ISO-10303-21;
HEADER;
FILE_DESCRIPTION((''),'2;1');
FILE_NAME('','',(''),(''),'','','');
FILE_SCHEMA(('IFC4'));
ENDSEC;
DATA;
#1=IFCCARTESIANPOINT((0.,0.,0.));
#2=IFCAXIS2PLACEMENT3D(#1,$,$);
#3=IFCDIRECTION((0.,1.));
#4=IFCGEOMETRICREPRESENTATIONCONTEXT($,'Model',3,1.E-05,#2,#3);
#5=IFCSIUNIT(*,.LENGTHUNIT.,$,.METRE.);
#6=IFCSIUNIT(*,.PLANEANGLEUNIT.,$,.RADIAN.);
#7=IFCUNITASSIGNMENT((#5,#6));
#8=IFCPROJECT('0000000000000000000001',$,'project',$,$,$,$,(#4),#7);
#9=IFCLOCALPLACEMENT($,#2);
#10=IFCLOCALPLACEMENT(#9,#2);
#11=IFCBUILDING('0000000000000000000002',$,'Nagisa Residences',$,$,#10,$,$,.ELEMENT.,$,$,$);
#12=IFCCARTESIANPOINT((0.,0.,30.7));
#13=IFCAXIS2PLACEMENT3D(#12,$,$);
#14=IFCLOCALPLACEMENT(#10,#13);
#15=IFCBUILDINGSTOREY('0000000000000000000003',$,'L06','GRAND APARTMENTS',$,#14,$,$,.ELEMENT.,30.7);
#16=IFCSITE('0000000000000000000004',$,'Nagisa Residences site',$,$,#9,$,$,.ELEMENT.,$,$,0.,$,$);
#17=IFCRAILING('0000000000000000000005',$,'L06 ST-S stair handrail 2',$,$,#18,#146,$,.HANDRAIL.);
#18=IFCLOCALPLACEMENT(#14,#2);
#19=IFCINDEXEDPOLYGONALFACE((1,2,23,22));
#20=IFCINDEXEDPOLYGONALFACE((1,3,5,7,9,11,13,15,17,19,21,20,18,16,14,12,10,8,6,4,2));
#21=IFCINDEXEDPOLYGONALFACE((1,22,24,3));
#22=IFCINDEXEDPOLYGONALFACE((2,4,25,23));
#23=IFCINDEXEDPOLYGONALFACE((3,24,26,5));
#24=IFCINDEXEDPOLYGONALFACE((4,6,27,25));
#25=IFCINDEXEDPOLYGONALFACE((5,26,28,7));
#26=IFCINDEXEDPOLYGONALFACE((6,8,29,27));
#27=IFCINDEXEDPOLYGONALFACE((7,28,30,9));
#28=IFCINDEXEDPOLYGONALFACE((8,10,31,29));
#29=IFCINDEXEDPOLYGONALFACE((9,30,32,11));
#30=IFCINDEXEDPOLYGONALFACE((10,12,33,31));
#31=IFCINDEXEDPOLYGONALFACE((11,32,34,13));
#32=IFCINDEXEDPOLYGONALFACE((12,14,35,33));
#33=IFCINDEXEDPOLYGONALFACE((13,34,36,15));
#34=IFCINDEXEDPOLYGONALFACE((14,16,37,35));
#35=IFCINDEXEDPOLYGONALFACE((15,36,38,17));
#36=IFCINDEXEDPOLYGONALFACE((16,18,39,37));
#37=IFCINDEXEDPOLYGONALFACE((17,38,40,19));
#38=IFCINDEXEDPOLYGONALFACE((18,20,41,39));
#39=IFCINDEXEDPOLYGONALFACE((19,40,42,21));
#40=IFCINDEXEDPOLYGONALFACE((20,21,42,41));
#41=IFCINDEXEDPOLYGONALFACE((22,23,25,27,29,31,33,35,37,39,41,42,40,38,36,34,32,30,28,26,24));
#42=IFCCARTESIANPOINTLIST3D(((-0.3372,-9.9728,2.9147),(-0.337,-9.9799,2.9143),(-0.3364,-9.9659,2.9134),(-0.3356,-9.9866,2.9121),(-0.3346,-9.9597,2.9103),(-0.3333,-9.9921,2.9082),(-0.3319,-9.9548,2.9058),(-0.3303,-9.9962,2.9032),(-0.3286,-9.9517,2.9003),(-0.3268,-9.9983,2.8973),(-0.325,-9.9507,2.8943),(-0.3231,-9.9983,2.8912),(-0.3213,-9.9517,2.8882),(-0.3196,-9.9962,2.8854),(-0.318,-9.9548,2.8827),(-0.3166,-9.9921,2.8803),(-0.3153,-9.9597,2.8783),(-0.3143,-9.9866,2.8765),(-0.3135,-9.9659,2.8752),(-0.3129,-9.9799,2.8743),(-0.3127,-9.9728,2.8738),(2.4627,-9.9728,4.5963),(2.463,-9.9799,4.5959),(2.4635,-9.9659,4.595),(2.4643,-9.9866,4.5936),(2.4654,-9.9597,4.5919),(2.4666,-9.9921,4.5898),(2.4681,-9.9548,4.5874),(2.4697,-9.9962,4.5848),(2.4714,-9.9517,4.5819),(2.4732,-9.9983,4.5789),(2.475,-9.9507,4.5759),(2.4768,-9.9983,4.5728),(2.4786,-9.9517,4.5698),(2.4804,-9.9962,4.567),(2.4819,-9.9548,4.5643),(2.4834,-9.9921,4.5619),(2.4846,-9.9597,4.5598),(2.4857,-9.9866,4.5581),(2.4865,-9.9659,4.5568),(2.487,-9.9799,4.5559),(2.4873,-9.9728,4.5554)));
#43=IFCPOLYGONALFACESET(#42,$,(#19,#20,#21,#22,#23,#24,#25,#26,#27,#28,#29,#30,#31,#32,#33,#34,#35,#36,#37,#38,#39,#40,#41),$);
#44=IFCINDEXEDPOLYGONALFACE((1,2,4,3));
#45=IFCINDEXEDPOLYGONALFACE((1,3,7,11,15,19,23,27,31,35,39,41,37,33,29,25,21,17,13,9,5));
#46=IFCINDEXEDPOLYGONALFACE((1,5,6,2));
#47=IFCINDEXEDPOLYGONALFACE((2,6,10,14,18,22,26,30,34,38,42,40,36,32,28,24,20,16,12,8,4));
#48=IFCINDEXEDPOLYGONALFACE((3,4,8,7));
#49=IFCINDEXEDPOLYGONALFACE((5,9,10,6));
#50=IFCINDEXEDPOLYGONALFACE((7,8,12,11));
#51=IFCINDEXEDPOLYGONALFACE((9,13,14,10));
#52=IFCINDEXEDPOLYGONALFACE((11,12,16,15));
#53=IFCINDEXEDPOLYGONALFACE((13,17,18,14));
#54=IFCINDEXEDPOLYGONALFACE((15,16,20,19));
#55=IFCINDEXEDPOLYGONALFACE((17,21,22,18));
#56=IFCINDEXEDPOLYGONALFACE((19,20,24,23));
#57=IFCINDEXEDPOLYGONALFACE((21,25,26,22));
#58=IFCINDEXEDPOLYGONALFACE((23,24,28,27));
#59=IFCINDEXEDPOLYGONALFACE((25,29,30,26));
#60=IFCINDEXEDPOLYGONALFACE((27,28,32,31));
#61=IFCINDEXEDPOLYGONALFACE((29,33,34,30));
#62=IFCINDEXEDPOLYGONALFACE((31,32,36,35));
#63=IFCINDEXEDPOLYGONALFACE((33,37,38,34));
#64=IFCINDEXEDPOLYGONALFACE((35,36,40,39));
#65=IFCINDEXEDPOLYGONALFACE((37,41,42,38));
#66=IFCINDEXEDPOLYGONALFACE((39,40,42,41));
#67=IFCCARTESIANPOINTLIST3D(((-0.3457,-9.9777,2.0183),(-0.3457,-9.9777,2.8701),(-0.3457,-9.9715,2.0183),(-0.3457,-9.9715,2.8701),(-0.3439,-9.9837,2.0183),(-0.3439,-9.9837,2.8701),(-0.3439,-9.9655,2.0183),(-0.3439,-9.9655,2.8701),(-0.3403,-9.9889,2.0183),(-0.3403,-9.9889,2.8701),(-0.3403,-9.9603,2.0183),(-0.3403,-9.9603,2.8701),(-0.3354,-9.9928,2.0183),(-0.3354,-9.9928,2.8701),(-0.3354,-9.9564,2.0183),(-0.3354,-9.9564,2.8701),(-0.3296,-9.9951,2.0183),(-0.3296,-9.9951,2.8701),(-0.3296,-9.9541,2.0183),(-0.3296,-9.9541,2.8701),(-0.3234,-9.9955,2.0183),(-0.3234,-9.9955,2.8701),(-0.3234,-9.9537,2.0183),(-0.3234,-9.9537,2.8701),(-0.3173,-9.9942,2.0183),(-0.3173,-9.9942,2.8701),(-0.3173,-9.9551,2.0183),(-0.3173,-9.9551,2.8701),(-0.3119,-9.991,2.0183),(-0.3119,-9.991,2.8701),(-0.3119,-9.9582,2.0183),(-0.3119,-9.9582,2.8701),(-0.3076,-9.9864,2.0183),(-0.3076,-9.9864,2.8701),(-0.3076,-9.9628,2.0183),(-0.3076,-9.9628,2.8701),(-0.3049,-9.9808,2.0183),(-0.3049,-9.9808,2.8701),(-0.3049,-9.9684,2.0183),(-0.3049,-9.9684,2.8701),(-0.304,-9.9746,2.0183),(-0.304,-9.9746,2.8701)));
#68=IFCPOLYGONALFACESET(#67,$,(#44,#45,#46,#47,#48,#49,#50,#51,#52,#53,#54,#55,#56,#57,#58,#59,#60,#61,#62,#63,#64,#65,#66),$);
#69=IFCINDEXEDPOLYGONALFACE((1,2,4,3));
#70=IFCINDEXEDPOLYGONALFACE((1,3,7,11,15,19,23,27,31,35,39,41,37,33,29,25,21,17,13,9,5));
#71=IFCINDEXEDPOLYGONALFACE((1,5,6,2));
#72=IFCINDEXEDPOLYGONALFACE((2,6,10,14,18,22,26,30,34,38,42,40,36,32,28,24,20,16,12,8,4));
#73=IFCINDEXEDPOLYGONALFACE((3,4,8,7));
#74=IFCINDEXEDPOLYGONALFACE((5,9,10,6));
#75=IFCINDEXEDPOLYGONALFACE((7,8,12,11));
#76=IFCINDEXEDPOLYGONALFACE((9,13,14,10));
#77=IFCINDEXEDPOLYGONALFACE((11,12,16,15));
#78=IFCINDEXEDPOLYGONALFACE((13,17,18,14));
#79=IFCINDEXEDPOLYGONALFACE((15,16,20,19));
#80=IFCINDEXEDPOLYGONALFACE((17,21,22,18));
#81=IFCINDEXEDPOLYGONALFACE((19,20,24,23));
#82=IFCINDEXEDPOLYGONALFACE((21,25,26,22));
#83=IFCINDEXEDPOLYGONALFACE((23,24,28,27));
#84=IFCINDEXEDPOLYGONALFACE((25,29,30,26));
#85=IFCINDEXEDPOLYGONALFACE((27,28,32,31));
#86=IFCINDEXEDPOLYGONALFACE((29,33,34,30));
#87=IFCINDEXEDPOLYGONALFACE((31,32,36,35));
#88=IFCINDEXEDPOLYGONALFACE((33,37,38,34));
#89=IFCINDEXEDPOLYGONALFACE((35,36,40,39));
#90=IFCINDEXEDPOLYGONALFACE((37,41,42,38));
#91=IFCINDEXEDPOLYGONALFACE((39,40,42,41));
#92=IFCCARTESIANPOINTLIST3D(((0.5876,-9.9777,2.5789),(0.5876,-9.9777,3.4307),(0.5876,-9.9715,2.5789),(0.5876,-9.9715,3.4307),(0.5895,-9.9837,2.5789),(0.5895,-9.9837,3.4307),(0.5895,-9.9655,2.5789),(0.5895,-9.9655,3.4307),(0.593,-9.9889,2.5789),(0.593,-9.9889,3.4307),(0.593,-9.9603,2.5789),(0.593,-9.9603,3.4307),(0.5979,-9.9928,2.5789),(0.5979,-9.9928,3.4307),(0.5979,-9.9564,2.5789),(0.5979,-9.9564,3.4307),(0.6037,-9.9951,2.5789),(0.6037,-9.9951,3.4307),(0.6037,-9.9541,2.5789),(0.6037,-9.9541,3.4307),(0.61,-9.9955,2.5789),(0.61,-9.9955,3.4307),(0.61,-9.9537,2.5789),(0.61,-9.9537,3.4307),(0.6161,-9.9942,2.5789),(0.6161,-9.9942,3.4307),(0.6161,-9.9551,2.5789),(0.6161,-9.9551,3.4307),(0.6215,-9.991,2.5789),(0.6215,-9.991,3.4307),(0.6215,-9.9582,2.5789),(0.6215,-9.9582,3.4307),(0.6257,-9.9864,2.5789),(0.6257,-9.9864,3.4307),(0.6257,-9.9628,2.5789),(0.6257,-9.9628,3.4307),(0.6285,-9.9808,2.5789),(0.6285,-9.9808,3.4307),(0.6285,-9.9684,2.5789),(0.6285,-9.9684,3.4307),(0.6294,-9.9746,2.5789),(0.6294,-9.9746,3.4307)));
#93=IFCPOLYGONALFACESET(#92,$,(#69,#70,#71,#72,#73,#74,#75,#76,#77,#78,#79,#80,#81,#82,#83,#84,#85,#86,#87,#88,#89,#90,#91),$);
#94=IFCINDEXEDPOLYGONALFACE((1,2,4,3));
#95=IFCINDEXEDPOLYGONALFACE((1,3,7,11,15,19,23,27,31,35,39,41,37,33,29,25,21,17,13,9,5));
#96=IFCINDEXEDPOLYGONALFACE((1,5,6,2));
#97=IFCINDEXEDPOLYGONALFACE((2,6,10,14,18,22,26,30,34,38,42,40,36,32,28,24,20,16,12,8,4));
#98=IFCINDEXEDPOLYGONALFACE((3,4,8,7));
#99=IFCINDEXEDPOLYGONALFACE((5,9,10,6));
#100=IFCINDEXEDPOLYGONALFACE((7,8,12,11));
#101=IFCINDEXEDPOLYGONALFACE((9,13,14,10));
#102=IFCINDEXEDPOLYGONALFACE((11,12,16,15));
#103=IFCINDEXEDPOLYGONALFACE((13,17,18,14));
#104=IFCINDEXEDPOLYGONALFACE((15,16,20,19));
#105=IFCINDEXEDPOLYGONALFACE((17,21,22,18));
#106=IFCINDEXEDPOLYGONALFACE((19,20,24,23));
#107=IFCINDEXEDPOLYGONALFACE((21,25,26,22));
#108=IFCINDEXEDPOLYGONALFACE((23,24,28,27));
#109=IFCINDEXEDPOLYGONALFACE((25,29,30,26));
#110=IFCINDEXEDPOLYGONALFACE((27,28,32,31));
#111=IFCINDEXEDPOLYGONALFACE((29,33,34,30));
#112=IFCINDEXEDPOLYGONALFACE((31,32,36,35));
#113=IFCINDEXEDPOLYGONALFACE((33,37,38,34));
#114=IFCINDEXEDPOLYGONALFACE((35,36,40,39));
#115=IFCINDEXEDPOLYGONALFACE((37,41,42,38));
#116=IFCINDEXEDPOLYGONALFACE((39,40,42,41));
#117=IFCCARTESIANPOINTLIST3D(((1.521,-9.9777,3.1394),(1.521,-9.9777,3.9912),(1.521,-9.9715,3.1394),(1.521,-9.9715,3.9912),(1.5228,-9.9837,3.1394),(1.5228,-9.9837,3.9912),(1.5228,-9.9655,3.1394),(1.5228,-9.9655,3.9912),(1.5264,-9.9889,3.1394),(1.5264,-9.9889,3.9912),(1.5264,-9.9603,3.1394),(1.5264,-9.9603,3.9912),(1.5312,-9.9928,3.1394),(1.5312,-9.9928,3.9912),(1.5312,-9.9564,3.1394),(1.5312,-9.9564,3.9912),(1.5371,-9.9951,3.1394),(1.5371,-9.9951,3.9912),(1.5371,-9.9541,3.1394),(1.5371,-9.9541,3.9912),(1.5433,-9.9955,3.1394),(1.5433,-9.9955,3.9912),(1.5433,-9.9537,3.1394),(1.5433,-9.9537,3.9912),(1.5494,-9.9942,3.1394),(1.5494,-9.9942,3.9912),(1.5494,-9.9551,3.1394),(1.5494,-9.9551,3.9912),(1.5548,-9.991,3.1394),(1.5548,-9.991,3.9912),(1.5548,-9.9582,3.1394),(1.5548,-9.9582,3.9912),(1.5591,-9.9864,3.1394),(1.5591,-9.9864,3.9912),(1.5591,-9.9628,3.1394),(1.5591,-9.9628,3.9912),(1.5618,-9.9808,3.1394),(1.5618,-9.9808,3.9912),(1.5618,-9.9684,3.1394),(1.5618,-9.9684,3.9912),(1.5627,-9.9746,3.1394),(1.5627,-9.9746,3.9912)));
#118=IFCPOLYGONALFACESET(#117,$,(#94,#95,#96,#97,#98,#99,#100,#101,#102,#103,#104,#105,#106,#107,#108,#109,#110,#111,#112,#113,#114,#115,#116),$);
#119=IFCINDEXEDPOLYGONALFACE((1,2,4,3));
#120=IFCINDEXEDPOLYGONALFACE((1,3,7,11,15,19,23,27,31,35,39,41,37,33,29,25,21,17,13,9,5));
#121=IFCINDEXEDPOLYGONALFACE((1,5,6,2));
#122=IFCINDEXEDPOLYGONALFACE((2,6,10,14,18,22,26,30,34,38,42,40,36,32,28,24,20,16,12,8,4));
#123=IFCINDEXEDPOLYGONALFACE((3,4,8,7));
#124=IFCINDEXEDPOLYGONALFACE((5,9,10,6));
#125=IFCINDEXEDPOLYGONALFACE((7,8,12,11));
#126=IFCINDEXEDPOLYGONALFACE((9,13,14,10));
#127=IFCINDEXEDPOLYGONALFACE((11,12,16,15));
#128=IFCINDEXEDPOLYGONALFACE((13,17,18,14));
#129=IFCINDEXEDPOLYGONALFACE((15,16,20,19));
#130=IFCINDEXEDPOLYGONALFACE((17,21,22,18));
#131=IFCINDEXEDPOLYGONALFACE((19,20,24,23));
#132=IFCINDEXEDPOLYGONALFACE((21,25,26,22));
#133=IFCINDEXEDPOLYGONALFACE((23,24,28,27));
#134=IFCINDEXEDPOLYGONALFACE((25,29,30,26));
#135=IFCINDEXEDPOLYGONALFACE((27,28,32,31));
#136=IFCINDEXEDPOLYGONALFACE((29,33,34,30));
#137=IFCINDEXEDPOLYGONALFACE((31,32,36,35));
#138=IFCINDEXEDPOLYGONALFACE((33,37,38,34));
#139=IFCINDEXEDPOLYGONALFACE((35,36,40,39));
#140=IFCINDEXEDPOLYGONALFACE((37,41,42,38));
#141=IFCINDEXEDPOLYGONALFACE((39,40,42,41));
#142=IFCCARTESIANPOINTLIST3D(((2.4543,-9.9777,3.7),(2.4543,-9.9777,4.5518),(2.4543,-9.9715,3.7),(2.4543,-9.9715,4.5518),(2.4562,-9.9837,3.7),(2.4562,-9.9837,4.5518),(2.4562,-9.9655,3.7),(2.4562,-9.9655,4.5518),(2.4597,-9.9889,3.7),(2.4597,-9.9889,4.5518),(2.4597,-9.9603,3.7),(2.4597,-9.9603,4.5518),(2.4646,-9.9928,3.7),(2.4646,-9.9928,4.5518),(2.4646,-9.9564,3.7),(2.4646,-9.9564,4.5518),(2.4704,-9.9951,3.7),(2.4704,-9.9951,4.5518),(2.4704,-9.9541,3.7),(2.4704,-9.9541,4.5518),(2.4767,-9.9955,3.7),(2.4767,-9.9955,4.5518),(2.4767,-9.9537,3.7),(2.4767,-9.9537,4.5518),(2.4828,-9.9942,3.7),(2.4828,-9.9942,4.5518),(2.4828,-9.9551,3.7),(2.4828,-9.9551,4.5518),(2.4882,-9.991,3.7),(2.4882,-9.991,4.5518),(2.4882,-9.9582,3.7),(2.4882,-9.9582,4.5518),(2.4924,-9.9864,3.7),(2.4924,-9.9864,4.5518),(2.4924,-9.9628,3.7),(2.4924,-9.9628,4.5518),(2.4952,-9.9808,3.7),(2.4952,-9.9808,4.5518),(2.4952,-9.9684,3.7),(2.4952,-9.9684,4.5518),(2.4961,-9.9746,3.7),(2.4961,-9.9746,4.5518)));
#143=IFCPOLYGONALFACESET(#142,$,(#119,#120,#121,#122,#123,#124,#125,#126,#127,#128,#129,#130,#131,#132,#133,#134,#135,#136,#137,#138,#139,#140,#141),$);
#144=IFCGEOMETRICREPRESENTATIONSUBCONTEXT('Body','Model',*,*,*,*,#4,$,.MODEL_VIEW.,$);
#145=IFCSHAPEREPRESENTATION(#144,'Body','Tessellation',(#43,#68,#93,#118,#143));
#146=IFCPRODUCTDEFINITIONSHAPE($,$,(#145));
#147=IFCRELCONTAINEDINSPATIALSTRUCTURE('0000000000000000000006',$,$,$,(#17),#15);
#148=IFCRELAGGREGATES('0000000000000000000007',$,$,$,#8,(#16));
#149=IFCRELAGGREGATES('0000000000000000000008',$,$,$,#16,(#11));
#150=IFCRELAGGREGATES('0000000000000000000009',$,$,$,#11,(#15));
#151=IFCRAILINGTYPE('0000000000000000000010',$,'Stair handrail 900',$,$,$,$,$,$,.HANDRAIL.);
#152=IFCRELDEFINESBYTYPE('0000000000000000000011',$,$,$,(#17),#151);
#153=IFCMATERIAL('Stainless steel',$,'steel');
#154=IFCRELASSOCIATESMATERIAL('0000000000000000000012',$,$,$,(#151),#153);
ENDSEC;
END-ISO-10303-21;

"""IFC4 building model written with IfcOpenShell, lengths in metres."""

from ifc_helpers import new_model, si_unit, direction, frame, origin, origin_2d, place, context, subcontext, project, spatial, circle, extrude, material, type_object, element, save


model = new_model("IFC4")

# Units and contexts
model_context = context("Model", 3, precision=1e-05, world=origin(), true_north=direction((0.0, 1.0)))
body_context = subcontext(model_context, "Body", "Model", "MODEL_VIEW")
ifc_project = project(units=[si_unit("LENGTHUNIT", "METRE"), si_unit("PLANEANGLEUNIT", "RADIAN")], contexts=[model_context])

# Site, building, storey
site_placement = place(None, origin())
site = spatial("IfcSite", under=ifc_project, at=site_placement, Name="Nagisa Residences site", CompositionType="ELEMENT", RefElevation=0.0)
building_placement = place(site_placement, origin())
building = spatial("IfcBuilding", under=site, at=building_placement, Name="Nagisa Residences", CompositionType="ELEMENT")
storey_placement = place(building_placement, frame((0.0, 0.0, 30.7)))
storey = spatial("IfcBuildingStorey", under=building, at=storey_placement, Name="L06", Description="GRAND APARTMENTS", CompositionType="ELEMENT", Elevation=30.7)

# Railing
ifc_material_1 = material(Name="Stainless steel", Category="steel")
railing_type = type_object("IfcRailingType", Name="Stair handrail 900", PredefinedType="HANDRAIL", material=ifc_material_1)
railing_placement = place(storey_placement, frame((-0.325, -9.9746, 2.0183)))
element("IfcRailing", 1, at=railing_placement, inside=storey, type_object=railing_type, Name="L06 ST-S stair handrail 2", PredefinedType="HANDRAIL", context=body_context, shape_type="SweptSolid", body=[
    extrude(circle(Radius=0.0239, at=origin_2d()), frame((0.0, 0.0, 0.876), z_axis=(0.857275, 0.0, 0.514858), x_axis=(0.0, 1.0, 0.0)), (0.0, 0.0, 1.0), 3.2661),
    extrude(circle(Radius=0.021, at=origin_2d()), origin(), (0.0, 0.0, 1.0), 0.8518),
    extrude(circle(Radius=0.021, at=origin_2d()), frame((0.9333, 0.0, 0.5605)), (0.0, 0.0, 1.0), 0.8518),
    extrude(circle(Radius=0.021, at=origin_2d()), frame((1.8667, 0.0, 1.1211)), (0.0, 0.0, 1.0), 0.8518),
    extrude(circle(Radius=0.021, at=origin_2d()), frame((2.8, 0.0, 1.6816)), (0.0, 0.0, 1.0), 0.8518),
])

save(model, "model.ifc")
